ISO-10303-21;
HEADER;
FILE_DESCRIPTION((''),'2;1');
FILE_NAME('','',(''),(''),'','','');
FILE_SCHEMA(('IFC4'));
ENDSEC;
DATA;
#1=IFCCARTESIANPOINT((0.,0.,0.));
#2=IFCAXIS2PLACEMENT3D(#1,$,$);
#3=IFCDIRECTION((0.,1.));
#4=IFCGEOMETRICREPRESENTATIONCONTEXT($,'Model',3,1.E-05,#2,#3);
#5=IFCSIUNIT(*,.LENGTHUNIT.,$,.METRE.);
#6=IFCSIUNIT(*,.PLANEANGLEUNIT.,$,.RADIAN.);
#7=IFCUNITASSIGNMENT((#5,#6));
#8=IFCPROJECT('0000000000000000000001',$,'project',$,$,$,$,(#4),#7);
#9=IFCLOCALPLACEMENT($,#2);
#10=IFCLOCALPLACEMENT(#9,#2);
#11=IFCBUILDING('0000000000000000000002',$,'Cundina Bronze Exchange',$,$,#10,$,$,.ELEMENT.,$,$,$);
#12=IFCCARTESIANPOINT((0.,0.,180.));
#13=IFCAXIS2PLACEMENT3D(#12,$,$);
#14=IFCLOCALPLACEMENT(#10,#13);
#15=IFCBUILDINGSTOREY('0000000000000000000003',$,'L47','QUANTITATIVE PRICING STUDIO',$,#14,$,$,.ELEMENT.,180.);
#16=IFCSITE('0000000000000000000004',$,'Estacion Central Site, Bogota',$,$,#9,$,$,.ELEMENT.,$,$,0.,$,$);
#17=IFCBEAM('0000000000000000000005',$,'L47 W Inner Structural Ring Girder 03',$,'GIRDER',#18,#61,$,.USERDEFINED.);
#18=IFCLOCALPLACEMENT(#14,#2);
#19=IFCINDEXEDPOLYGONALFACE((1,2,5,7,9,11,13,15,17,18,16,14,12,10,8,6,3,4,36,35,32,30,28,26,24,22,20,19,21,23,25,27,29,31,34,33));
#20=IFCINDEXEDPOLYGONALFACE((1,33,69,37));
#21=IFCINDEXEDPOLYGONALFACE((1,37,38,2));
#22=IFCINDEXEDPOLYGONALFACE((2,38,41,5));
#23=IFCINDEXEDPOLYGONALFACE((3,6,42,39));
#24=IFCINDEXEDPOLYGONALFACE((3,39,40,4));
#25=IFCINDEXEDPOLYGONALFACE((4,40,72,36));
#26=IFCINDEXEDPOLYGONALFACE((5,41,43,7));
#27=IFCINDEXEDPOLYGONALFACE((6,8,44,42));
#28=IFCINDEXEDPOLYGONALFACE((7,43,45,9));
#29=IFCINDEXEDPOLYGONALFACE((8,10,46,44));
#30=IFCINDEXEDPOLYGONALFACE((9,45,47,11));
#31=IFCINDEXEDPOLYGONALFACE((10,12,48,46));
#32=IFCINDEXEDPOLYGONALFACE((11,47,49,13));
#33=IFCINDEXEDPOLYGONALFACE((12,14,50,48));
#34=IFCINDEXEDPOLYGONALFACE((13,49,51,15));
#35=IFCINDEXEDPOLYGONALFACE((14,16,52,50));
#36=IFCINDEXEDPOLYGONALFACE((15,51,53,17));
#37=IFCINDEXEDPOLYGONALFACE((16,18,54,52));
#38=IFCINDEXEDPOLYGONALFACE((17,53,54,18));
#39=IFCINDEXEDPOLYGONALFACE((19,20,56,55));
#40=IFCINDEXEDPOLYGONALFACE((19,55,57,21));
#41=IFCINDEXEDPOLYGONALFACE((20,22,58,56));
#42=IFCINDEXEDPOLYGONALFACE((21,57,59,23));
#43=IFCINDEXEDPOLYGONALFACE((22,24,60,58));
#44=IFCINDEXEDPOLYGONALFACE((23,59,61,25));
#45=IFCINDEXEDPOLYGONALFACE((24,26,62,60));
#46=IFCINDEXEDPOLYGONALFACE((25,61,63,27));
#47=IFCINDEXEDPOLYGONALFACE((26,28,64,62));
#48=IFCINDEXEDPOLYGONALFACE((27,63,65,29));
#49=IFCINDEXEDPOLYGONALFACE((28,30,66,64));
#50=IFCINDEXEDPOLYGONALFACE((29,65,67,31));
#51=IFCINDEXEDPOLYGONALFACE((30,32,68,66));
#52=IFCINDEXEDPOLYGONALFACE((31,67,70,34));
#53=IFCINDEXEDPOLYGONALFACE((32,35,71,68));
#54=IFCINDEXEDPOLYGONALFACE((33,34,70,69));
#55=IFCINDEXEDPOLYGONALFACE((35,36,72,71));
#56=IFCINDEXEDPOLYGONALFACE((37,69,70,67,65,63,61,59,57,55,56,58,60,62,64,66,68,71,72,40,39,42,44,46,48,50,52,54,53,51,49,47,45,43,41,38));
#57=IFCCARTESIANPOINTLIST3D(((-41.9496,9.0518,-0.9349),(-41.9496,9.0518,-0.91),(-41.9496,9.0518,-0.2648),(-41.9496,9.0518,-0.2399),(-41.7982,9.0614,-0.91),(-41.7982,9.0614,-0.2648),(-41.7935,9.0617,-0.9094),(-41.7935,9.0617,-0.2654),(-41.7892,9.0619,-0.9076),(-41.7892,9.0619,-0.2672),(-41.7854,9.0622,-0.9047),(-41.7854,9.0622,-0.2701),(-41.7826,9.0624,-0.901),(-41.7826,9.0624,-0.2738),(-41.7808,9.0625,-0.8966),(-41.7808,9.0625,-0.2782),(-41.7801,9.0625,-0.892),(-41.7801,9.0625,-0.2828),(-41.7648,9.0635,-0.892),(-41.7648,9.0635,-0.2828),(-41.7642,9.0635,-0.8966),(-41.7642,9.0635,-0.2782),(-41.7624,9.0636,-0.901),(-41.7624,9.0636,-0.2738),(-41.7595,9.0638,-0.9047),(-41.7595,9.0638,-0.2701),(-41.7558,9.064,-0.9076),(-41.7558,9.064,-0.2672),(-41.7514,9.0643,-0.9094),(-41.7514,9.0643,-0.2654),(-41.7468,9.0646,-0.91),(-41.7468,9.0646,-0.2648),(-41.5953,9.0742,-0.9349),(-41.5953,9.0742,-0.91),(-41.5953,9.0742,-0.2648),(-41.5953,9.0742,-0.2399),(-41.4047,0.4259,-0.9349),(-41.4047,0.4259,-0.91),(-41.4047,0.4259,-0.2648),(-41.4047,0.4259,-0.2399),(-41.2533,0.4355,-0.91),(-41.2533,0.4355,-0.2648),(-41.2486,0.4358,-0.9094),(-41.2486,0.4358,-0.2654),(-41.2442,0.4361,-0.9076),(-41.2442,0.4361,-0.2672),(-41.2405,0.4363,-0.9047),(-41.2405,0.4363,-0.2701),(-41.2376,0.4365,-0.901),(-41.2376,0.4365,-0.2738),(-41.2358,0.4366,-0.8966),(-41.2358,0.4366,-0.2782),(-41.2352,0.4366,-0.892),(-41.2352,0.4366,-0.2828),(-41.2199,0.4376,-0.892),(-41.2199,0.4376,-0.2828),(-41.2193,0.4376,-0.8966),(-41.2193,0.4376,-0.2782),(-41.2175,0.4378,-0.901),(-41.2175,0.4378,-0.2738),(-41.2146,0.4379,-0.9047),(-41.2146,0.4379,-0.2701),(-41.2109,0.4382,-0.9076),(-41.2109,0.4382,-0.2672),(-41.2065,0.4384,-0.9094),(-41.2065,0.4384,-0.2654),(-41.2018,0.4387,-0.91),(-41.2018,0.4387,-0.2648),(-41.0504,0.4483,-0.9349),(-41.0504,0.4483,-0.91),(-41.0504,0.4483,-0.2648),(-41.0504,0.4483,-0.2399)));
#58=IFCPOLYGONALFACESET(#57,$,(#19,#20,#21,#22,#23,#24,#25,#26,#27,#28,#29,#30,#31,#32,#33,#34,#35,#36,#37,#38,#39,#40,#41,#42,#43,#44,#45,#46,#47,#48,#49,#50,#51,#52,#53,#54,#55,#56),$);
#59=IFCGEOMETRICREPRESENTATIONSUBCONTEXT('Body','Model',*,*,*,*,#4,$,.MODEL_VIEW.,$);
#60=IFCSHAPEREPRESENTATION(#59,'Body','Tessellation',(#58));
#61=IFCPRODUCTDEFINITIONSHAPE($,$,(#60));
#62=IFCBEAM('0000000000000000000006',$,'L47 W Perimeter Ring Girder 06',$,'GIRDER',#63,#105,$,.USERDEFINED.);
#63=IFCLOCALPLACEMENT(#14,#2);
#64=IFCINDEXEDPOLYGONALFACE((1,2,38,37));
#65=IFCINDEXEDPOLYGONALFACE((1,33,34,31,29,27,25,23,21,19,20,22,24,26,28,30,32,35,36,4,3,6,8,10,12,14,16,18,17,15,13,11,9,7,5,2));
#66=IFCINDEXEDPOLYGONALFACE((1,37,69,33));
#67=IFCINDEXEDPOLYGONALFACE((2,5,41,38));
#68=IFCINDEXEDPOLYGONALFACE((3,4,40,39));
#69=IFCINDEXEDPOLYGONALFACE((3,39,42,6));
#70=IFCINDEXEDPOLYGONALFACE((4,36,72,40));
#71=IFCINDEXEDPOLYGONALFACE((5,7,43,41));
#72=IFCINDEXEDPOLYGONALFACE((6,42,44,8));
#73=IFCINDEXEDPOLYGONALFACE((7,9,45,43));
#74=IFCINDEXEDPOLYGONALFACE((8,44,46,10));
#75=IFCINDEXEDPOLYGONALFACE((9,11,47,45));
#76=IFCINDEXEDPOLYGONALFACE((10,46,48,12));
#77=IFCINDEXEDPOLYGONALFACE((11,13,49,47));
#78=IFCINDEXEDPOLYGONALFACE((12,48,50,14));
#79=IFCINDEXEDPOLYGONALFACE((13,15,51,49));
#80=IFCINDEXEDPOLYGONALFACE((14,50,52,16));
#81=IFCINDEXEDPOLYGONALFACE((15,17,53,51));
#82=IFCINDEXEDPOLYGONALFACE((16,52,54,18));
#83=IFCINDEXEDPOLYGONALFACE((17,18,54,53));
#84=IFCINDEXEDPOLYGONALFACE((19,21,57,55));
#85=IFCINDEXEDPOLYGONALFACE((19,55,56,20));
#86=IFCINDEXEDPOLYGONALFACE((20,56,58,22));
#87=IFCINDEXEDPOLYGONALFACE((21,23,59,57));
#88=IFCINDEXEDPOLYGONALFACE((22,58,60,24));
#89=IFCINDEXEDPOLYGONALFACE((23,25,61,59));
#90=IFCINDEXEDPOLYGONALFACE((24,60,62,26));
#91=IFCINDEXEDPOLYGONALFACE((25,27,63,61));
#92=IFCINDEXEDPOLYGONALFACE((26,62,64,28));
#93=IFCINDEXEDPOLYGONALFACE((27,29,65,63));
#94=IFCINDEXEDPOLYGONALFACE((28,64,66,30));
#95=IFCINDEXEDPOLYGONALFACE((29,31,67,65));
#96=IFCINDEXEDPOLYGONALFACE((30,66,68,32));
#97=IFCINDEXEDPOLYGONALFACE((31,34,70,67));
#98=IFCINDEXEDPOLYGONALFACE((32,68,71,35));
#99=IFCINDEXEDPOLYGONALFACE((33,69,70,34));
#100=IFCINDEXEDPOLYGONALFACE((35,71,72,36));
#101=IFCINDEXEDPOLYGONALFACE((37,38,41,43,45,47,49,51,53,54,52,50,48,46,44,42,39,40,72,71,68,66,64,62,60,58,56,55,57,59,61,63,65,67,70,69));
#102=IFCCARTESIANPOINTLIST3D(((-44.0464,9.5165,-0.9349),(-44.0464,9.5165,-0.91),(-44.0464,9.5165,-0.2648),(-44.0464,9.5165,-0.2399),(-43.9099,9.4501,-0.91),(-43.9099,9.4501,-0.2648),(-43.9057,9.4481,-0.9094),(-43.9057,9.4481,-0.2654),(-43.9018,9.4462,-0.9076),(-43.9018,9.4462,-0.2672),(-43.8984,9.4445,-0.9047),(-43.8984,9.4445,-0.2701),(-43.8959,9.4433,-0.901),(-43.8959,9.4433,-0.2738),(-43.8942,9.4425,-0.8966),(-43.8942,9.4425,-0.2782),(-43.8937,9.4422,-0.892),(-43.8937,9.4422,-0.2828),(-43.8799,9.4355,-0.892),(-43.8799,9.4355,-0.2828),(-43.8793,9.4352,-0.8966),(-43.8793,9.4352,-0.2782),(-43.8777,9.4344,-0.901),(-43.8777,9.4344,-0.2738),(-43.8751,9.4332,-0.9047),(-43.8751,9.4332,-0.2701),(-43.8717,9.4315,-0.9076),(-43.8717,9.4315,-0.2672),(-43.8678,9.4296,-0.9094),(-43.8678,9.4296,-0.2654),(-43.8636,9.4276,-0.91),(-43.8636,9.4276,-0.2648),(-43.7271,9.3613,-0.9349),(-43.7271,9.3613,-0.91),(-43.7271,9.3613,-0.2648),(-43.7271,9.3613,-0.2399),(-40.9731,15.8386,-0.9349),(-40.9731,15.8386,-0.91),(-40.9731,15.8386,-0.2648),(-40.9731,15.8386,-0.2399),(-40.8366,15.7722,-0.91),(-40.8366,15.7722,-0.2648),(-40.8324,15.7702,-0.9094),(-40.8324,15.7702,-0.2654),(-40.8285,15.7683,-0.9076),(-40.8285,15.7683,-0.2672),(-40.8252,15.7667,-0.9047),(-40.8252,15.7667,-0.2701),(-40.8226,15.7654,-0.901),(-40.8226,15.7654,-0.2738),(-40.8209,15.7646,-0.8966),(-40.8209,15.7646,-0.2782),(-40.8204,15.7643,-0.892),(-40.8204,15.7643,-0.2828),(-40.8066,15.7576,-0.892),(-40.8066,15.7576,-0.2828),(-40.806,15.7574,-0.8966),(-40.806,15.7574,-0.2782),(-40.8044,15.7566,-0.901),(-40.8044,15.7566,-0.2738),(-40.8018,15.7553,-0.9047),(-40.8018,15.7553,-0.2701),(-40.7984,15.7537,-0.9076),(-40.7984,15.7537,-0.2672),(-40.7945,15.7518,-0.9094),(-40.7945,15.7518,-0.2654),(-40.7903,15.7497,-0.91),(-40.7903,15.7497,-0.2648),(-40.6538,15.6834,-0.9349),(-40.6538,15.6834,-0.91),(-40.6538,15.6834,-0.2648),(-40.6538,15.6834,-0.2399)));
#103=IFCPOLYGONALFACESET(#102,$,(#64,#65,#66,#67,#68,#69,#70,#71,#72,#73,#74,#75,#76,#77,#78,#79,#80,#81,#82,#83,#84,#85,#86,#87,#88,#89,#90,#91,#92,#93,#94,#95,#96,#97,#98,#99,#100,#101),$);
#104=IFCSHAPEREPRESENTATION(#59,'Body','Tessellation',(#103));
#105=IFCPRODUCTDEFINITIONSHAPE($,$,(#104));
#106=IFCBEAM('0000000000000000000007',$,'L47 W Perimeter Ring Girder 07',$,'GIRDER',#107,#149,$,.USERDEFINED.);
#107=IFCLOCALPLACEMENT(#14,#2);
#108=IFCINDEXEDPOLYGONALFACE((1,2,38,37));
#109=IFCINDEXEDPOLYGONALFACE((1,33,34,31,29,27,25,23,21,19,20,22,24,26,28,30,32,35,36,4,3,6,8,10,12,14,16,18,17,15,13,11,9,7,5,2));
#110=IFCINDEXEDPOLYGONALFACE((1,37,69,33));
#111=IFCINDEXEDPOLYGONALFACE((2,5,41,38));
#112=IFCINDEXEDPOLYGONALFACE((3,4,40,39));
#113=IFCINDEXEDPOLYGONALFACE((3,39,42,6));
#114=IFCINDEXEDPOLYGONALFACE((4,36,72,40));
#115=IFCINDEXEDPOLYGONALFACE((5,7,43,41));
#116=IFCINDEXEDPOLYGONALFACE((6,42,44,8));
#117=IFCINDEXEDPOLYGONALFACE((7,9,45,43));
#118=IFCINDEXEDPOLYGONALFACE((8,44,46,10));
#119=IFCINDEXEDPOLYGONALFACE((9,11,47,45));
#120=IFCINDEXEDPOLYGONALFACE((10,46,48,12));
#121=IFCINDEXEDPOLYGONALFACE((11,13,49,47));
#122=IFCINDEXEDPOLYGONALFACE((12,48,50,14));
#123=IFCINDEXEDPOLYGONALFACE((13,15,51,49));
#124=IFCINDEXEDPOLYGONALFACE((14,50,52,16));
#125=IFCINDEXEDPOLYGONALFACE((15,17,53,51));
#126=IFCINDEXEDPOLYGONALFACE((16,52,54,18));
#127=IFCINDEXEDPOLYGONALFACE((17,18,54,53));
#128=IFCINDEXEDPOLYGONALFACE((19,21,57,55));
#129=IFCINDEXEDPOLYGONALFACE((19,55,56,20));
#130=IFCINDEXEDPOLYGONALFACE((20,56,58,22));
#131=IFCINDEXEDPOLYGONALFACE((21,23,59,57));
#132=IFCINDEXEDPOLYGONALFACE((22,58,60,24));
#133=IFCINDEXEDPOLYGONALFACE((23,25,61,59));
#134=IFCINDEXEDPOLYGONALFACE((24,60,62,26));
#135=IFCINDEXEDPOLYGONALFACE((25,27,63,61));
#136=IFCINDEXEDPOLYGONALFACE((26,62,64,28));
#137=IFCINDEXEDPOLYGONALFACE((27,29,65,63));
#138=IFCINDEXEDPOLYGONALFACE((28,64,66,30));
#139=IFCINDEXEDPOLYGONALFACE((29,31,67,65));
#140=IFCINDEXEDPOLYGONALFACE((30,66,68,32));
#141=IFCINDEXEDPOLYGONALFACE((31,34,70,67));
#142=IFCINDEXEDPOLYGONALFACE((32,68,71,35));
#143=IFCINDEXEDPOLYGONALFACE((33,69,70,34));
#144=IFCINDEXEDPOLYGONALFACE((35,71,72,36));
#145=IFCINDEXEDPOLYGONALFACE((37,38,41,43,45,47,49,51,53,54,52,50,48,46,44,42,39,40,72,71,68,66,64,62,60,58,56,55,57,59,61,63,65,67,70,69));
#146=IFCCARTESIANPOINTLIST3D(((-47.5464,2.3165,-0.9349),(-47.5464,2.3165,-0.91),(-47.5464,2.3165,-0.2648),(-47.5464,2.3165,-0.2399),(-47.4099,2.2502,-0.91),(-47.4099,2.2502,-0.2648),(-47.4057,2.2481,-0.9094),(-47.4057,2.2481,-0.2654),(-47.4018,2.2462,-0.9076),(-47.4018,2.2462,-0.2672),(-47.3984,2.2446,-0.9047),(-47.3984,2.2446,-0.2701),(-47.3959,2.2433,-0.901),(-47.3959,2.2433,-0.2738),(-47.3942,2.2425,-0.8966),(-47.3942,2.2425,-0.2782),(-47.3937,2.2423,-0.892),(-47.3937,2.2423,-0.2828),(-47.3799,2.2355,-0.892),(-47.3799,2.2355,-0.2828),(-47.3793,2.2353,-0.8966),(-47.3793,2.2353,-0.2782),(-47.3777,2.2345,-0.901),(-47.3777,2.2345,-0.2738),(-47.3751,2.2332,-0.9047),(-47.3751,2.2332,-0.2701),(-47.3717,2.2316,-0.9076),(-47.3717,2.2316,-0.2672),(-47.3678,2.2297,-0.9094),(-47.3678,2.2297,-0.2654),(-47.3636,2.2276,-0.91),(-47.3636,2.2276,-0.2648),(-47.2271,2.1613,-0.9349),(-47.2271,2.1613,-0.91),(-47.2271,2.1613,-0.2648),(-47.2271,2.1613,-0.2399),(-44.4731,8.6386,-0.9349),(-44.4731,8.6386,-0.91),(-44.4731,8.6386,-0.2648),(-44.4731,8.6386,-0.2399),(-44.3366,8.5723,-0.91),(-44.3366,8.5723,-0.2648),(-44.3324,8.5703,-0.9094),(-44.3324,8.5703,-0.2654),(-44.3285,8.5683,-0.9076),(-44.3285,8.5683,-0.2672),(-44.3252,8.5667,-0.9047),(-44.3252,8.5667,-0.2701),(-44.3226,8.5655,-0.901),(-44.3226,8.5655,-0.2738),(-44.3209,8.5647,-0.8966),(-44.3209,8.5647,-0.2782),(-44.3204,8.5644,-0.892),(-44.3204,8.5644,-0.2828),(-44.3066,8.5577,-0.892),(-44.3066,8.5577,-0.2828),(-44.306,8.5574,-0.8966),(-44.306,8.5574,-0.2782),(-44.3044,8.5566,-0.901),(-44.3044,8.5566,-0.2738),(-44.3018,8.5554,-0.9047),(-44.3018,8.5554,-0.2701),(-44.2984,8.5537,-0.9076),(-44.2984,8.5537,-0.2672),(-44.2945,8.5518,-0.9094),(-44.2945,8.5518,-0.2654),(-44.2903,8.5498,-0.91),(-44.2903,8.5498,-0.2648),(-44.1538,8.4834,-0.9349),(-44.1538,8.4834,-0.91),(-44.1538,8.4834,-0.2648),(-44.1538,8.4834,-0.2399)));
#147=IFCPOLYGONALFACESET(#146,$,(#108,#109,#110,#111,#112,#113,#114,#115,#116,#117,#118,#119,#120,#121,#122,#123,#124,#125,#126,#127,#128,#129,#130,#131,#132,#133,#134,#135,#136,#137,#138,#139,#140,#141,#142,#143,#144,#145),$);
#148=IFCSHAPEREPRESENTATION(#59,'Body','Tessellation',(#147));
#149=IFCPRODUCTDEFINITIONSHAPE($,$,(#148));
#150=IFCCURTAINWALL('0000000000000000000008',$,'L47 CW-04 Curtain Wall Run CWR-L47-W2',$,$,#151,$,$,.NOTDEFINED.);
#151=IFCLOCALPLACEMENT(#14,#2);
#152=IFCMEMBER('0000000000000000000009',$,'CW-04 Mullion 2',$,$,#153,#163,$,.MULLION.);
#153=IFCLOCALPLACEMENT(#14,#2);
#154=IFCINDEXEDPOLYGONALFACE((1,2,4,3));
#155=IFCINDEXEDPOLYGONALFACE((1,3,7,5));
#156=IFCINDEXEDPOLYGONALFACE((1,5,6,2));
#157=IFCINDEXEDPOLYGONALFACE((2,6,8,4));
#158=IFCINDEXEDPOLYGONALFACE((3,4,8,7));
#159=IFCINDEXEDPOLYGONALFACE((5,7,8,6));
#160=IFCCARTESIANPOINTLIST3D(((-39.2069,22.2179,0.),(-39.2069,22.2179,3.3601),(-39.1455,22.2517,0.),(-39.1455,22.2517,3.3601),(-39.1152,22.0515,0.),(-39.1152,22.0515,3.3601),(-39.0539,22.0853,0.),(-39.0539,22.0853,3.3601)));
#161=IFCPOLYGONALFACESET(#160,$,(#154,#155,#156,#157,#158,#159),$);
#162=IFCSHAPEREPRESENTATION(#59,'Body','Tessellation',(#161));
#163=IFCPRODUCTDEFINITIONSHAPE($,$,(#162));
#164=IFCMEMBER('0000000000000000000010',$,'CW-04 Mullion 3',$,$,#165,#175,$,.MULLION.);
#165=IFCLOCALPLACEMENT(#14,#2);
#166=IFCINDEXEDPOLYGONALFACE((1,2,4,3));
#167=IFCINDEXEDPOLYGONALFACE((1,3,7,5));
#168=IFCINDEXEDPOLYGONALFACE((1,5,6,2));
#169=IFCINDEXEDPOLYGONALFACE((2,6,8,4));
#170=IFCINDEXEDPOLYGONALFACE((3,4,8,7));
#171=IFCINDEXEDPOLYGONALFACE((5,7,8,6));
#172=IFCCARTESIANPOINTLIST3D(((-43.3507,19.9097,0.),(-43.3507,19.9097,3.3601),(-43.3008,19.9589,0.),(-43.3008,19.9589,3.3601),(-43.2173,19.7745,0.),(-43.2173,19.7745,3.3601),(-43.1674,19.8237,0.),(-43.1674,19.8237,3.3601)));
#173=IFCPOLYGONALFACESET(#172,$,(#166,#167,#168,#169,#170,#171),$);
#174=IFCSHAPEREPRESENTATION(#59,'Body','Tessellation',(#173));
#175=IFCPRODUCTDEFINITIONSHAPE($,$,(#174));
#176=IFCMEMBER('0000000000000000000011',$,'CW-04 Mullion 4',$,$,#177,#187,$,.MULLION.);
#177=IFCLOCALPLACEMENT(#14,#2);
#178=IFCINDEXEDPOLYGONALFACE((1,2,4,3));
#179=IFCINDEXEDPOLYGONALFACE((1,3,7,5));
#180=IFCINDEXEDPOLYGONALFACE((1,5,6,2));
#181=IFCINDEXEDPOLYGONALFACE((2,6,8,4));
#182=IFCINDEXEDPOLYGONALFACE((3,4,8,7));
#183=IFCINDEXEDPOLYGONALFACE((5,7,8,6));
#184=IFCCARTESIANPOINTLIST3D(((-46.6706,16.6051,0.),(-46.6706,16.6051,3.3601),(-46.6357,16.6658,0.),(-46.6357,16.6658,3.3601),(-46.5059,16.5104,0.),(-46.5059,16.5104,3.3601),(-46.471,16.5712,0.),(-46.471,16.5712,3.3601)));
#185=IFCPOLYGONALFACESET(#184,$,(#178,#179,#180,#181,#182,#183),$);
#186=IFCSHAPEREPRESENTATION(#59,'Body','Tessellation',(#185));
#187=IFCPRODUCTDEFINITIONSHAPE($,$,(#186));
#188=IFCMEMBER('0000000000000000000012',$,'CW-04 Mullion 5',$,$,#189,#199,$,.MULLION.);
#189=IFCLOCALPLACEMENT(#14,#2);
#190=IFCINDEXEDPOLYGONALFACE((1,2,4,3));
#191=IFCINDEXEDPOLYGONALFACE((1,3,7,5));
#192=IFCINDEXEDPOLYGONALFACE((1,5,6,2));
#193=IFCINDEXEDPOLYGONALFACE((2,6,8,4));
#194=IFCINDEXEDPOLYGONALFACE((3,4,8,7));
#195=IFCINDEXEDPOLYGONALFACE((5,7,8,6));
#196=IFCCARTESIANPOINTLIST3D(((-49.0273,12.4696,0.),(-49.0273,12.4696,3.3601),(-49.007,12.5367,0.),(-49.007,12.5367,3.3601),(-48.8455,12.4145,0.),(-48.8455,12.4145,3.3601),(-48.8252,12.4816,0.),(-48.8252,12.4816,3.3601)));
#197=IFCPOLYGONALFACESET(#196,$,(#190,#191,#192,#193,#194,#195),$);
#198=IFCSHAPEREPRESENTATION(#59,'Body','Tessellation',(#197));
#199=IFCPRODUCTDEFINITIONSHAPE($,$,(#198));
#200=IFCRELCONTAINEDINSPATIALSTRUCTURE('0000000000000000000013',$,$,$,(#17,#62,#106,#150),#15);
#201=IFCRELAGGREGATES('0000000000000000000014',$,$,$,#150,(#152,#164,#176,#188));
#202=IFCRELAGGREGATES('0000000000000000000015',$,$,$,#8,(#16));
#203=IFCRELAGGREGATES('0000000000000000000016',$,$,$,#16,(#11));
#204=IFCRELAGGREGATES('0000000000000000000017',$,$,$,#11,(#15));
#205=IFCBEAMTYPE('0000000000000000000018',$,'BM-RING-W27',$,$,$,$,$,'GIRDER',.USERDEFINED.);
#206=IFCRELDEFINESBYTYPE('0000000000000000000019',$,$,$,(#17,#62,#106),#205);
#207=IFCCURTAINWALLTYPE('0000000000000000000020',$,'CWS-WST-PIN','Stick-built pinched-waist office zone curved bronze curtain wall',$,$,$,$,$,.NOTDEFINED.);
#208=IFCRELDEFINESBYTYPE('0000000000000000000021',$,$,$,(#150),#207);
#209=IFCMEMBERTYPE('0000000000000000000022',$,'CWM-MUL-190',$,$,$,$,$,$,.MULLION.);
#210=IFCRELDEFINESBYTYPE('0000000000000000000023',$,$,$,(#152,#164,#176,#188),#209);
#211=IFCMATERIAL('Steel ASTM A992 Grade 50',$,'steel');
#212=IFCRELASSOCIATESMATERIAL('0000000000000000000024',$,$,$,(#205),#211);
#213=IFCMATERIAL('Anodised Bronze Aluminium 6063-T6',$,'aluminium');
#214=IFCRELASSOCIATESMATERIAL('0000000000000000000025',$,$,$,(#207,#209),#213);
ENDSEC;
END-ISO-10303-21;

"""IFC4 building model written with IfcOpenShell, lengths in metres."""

from ifc_helpers import new_model, si_unit, direction, frame, origin, origin_2d, place, context, subcontext, project, spatial, rectangle, i_section, extrude, material, material_profile, profile_set, type_object, element, aggregate, save


model = new_model("IFC4")

# Units and contexts
model_context = context("Model", 3, precision=1e-05, world=origin(), true_north=direction((0.0, 1.0)))
body_context = subcontext(model_context, "Body", "Model", "MODEL_VIEW")
ifc_project = project(units=[si_unit("LENGTHUNIT", "METRE"), si_unit("PLANEANGLEUNIT", "RADIAN")], contexts=[model_context])

# Site, building, storey
site_placement = place(None, origin())
site = spatial("IfcSite", under=ifc_project, at=site_placement, Name="Estacion Central Site, Bogota", CompositionType="ELEMENT", RefElevation=0.0)
building_placement = place(site_placement, origin())
building = spatial("IfcBuilding", under=site, at=building_placement, Name="Cundina Bronze Exchange", CompositionType="ELEMENT")
storey_placement = place(building_placement, frame((0.0, 0.0, 180.0)))
storey = spatial("IfcBuildingStorey", under=building, at=storey_placement, Name="L47", Description="QUANTITATIVE PRICING STUDIO", CompositionType="ELEMENT", Elevation=180.0)

# Beams
ifc_material_1 = material(Name="Steel ASTM A992 Grade 50", Category="steel")
ifc_material_profile_1 = material_profile(ifc_material_1, i_section(OverallWidth=0.355, OverallDepth=0.6951, WebThickness=0.0154, FlangeThickness=0.0249, FilletRadius=0.0181, at=origin_2d()), Name="W27X146", Category="steel")
ifc_profile_set_1 = profile_set([ifc_material_profile_1], Name="Steel ASTM A992 Grade 50")
beam_type_1 = type_object("IfcBeamType", Name="BM-RING-W27", ElementType="GIRDER", PredefinedType="USERDEFINED", material=ifc_profile_set_1)
beam_1_placement = place(storey_placement, frame((-41.7725, 9.063, -0.5874), z_axis=(0.063047, -0.998011, 0.0), x_axis=(0.998011, 0.063047, 0.0)))
element("IfcBeam", 1, at=beam_1_placement, inside=storey, type_object=beam_type_1, Name="L47 W Inner Structural Ring Girder 03", ObjectType="GIRDER", PredefinedType="USERDEFINED", context=body_context, shape_type="SweptSolid", body=[
    extrude(i_section(OverallWidth=0.355, OverallDepth=0.6951, WebThickness=0.0154, FlangeThickness=0.0249, FilletRadius=0.0181, at=origin_2d()), origin(), (0.0, 0.0, 1.0), 8.6431),
])
for number, where, z_axis, x_axis, name in (
    (2, (-40.8135, 15.761, -0.5874), (-0.437197, -0.899366, 0.0), (0.899366, -0.437197, 0.0), "L47 W Perimeter Ring Girder 06"),
    (3, (-44.3135, 8.561, -0.5874), (-0.437197, -0.899366, 0.0), (0.899366, -0.437197, 0.0), "L47 W Perimeter Ring Girder 07"),
):
    element("IfcBeam", number, at=place(storey_placement, frame(where, z_axis=z_axis, x_axis=x_axis)), inside=storey, type_object=beam_type_1, Name=name, ObjectType="GIRDER", PredefinedType="USERDEFINED", context=body_context, shape_type="SweptSolid", body=[
        extrude(i_section(OverallWidth=0.355, OverallDepth=0.6951, WebThickness=0.0154, FlangeThickness=0.0249, FilletRadius=0.0181, at=origin_2d()), origin(), (0.0, 0.0, 1.0), 7.0295),
    ])

# Curtain wall, members
ifc_material_2 = material(Name="Anodised Bronze Aluminium 6063-T6", Category="aluminium")
curtain_wall_type = type_object("IfcCurtainWallType", Name="CWS-WST-PIN", Description="Stick-built pinched-waist office zone curved bronze curtain wall", PredefinedType="NOTDEFINED", material=ifc_material_2)
curtain_wall_placement = place(storey_placement, origin())
curtain_wall = element("IfcCurtainWall", 4, at=curtain_wall_placement, inside=storey, type_object=curtain_wall_type, Name="L47 CW-04 Curtain Wall Run CWR-L47-W2", PredefinedType="NOTDEFINED")
ifc_material_profile_2 = material_profile(ifc_material_2, rectangle(XDim=0.0701, YDim=0.1899, at=origin_2d()), Name="AL70X190", Category="aluminium")
ifc_profile_set_2 = profile_set([ifc_material_profile_2], Name="Anodised Bronze Aluminium 6063-T6")
member_type_1 = type_object("IfcMemberType", Name="CWM-MUL-190", PredefinedType="MULLION", material=ifc_profile_set_2)
member_1_placement = place(storey_placement, frame((-39.1304, 22.1516, 0.0), z_axis=(0.0, 0.0, 1.0), x_axis=(-0.875886, -0.482518, 0.0)))
member_1 = element("IfcMember", 5, at=member_1_placement, type_object=member_type_1, Name="CW-04 Mullion 2", PredefinedType="MULLION", context=body_context, shape_type="SweptSolid", body=[
    extrude(rectangle(XDim=0.0701, YDim=0.1899, at=origin_2d()), origin(), (0.0, 0.0, 1.0), 3.3601),
])
member_2_placement = place(storey_placement, frame((-43.259, 19.8667, 0.0), z_axis=(0.0, 0.0, 1.0), x_axis=(-0.712026, -0.702153, 0.0)))
member_2 = element("IfcMember", 6, at=member_2_placement, type_object=member_type_1, Name="CW-04 Mullion 3", PredefinedType="MULLION", context=body_context, shape_type="SweptSolid", body=[
    extrude(rectangle(XDim=0.0701, YDim=0.1899, at=origin_2d()), origin(), (0.0, 0.0, 1.0), 3.3601),
])
member_3_placement = place(storey_placement, frame((-46.5708, 16.5881, 0.0), z_axis=(0.0, 0.0, 1.0), x_axis=(-0.498488, -0.866897, 0.0)))
member_3 = element("IfcMember", 7, at=member_3_placement, type_object=member_type_1, Name="CW-04 Mullion 4", PredefinedType="MULLION", context=body_context, shape_type="SweptSolid", body=[
    extrude(rectangle(XDim=0.0701, YDim=0.1899, at=origin_2d()), origin(), (0.0, 0.0, 1.0), 3.3601),
])
member_4_placement = place(storey_placement, frame((-48.9263, 12.4756, 0.0), z_axis=(0.0, 0.0, 1.0), x_axis=(-0.290034, -0.957016, 0.0)))
member_4 = element("IfcMember", 8, at=member_4_placement, type_object=member_type_1, Name="CW-04 Mullion 5", PredefinedType="MULLION", context=body_context, shape_type="SweptSolid", body=[
    extrude(rectangle(XDim=0.0701, YDim=0.1899, at=origin_2d()), origin(), (0.0, 0.0, 1.0), 3.3601),
])
aggregate(curtain_wall, [member_1, member_2, member_3, member_4])

save(model, "model.ifc")
